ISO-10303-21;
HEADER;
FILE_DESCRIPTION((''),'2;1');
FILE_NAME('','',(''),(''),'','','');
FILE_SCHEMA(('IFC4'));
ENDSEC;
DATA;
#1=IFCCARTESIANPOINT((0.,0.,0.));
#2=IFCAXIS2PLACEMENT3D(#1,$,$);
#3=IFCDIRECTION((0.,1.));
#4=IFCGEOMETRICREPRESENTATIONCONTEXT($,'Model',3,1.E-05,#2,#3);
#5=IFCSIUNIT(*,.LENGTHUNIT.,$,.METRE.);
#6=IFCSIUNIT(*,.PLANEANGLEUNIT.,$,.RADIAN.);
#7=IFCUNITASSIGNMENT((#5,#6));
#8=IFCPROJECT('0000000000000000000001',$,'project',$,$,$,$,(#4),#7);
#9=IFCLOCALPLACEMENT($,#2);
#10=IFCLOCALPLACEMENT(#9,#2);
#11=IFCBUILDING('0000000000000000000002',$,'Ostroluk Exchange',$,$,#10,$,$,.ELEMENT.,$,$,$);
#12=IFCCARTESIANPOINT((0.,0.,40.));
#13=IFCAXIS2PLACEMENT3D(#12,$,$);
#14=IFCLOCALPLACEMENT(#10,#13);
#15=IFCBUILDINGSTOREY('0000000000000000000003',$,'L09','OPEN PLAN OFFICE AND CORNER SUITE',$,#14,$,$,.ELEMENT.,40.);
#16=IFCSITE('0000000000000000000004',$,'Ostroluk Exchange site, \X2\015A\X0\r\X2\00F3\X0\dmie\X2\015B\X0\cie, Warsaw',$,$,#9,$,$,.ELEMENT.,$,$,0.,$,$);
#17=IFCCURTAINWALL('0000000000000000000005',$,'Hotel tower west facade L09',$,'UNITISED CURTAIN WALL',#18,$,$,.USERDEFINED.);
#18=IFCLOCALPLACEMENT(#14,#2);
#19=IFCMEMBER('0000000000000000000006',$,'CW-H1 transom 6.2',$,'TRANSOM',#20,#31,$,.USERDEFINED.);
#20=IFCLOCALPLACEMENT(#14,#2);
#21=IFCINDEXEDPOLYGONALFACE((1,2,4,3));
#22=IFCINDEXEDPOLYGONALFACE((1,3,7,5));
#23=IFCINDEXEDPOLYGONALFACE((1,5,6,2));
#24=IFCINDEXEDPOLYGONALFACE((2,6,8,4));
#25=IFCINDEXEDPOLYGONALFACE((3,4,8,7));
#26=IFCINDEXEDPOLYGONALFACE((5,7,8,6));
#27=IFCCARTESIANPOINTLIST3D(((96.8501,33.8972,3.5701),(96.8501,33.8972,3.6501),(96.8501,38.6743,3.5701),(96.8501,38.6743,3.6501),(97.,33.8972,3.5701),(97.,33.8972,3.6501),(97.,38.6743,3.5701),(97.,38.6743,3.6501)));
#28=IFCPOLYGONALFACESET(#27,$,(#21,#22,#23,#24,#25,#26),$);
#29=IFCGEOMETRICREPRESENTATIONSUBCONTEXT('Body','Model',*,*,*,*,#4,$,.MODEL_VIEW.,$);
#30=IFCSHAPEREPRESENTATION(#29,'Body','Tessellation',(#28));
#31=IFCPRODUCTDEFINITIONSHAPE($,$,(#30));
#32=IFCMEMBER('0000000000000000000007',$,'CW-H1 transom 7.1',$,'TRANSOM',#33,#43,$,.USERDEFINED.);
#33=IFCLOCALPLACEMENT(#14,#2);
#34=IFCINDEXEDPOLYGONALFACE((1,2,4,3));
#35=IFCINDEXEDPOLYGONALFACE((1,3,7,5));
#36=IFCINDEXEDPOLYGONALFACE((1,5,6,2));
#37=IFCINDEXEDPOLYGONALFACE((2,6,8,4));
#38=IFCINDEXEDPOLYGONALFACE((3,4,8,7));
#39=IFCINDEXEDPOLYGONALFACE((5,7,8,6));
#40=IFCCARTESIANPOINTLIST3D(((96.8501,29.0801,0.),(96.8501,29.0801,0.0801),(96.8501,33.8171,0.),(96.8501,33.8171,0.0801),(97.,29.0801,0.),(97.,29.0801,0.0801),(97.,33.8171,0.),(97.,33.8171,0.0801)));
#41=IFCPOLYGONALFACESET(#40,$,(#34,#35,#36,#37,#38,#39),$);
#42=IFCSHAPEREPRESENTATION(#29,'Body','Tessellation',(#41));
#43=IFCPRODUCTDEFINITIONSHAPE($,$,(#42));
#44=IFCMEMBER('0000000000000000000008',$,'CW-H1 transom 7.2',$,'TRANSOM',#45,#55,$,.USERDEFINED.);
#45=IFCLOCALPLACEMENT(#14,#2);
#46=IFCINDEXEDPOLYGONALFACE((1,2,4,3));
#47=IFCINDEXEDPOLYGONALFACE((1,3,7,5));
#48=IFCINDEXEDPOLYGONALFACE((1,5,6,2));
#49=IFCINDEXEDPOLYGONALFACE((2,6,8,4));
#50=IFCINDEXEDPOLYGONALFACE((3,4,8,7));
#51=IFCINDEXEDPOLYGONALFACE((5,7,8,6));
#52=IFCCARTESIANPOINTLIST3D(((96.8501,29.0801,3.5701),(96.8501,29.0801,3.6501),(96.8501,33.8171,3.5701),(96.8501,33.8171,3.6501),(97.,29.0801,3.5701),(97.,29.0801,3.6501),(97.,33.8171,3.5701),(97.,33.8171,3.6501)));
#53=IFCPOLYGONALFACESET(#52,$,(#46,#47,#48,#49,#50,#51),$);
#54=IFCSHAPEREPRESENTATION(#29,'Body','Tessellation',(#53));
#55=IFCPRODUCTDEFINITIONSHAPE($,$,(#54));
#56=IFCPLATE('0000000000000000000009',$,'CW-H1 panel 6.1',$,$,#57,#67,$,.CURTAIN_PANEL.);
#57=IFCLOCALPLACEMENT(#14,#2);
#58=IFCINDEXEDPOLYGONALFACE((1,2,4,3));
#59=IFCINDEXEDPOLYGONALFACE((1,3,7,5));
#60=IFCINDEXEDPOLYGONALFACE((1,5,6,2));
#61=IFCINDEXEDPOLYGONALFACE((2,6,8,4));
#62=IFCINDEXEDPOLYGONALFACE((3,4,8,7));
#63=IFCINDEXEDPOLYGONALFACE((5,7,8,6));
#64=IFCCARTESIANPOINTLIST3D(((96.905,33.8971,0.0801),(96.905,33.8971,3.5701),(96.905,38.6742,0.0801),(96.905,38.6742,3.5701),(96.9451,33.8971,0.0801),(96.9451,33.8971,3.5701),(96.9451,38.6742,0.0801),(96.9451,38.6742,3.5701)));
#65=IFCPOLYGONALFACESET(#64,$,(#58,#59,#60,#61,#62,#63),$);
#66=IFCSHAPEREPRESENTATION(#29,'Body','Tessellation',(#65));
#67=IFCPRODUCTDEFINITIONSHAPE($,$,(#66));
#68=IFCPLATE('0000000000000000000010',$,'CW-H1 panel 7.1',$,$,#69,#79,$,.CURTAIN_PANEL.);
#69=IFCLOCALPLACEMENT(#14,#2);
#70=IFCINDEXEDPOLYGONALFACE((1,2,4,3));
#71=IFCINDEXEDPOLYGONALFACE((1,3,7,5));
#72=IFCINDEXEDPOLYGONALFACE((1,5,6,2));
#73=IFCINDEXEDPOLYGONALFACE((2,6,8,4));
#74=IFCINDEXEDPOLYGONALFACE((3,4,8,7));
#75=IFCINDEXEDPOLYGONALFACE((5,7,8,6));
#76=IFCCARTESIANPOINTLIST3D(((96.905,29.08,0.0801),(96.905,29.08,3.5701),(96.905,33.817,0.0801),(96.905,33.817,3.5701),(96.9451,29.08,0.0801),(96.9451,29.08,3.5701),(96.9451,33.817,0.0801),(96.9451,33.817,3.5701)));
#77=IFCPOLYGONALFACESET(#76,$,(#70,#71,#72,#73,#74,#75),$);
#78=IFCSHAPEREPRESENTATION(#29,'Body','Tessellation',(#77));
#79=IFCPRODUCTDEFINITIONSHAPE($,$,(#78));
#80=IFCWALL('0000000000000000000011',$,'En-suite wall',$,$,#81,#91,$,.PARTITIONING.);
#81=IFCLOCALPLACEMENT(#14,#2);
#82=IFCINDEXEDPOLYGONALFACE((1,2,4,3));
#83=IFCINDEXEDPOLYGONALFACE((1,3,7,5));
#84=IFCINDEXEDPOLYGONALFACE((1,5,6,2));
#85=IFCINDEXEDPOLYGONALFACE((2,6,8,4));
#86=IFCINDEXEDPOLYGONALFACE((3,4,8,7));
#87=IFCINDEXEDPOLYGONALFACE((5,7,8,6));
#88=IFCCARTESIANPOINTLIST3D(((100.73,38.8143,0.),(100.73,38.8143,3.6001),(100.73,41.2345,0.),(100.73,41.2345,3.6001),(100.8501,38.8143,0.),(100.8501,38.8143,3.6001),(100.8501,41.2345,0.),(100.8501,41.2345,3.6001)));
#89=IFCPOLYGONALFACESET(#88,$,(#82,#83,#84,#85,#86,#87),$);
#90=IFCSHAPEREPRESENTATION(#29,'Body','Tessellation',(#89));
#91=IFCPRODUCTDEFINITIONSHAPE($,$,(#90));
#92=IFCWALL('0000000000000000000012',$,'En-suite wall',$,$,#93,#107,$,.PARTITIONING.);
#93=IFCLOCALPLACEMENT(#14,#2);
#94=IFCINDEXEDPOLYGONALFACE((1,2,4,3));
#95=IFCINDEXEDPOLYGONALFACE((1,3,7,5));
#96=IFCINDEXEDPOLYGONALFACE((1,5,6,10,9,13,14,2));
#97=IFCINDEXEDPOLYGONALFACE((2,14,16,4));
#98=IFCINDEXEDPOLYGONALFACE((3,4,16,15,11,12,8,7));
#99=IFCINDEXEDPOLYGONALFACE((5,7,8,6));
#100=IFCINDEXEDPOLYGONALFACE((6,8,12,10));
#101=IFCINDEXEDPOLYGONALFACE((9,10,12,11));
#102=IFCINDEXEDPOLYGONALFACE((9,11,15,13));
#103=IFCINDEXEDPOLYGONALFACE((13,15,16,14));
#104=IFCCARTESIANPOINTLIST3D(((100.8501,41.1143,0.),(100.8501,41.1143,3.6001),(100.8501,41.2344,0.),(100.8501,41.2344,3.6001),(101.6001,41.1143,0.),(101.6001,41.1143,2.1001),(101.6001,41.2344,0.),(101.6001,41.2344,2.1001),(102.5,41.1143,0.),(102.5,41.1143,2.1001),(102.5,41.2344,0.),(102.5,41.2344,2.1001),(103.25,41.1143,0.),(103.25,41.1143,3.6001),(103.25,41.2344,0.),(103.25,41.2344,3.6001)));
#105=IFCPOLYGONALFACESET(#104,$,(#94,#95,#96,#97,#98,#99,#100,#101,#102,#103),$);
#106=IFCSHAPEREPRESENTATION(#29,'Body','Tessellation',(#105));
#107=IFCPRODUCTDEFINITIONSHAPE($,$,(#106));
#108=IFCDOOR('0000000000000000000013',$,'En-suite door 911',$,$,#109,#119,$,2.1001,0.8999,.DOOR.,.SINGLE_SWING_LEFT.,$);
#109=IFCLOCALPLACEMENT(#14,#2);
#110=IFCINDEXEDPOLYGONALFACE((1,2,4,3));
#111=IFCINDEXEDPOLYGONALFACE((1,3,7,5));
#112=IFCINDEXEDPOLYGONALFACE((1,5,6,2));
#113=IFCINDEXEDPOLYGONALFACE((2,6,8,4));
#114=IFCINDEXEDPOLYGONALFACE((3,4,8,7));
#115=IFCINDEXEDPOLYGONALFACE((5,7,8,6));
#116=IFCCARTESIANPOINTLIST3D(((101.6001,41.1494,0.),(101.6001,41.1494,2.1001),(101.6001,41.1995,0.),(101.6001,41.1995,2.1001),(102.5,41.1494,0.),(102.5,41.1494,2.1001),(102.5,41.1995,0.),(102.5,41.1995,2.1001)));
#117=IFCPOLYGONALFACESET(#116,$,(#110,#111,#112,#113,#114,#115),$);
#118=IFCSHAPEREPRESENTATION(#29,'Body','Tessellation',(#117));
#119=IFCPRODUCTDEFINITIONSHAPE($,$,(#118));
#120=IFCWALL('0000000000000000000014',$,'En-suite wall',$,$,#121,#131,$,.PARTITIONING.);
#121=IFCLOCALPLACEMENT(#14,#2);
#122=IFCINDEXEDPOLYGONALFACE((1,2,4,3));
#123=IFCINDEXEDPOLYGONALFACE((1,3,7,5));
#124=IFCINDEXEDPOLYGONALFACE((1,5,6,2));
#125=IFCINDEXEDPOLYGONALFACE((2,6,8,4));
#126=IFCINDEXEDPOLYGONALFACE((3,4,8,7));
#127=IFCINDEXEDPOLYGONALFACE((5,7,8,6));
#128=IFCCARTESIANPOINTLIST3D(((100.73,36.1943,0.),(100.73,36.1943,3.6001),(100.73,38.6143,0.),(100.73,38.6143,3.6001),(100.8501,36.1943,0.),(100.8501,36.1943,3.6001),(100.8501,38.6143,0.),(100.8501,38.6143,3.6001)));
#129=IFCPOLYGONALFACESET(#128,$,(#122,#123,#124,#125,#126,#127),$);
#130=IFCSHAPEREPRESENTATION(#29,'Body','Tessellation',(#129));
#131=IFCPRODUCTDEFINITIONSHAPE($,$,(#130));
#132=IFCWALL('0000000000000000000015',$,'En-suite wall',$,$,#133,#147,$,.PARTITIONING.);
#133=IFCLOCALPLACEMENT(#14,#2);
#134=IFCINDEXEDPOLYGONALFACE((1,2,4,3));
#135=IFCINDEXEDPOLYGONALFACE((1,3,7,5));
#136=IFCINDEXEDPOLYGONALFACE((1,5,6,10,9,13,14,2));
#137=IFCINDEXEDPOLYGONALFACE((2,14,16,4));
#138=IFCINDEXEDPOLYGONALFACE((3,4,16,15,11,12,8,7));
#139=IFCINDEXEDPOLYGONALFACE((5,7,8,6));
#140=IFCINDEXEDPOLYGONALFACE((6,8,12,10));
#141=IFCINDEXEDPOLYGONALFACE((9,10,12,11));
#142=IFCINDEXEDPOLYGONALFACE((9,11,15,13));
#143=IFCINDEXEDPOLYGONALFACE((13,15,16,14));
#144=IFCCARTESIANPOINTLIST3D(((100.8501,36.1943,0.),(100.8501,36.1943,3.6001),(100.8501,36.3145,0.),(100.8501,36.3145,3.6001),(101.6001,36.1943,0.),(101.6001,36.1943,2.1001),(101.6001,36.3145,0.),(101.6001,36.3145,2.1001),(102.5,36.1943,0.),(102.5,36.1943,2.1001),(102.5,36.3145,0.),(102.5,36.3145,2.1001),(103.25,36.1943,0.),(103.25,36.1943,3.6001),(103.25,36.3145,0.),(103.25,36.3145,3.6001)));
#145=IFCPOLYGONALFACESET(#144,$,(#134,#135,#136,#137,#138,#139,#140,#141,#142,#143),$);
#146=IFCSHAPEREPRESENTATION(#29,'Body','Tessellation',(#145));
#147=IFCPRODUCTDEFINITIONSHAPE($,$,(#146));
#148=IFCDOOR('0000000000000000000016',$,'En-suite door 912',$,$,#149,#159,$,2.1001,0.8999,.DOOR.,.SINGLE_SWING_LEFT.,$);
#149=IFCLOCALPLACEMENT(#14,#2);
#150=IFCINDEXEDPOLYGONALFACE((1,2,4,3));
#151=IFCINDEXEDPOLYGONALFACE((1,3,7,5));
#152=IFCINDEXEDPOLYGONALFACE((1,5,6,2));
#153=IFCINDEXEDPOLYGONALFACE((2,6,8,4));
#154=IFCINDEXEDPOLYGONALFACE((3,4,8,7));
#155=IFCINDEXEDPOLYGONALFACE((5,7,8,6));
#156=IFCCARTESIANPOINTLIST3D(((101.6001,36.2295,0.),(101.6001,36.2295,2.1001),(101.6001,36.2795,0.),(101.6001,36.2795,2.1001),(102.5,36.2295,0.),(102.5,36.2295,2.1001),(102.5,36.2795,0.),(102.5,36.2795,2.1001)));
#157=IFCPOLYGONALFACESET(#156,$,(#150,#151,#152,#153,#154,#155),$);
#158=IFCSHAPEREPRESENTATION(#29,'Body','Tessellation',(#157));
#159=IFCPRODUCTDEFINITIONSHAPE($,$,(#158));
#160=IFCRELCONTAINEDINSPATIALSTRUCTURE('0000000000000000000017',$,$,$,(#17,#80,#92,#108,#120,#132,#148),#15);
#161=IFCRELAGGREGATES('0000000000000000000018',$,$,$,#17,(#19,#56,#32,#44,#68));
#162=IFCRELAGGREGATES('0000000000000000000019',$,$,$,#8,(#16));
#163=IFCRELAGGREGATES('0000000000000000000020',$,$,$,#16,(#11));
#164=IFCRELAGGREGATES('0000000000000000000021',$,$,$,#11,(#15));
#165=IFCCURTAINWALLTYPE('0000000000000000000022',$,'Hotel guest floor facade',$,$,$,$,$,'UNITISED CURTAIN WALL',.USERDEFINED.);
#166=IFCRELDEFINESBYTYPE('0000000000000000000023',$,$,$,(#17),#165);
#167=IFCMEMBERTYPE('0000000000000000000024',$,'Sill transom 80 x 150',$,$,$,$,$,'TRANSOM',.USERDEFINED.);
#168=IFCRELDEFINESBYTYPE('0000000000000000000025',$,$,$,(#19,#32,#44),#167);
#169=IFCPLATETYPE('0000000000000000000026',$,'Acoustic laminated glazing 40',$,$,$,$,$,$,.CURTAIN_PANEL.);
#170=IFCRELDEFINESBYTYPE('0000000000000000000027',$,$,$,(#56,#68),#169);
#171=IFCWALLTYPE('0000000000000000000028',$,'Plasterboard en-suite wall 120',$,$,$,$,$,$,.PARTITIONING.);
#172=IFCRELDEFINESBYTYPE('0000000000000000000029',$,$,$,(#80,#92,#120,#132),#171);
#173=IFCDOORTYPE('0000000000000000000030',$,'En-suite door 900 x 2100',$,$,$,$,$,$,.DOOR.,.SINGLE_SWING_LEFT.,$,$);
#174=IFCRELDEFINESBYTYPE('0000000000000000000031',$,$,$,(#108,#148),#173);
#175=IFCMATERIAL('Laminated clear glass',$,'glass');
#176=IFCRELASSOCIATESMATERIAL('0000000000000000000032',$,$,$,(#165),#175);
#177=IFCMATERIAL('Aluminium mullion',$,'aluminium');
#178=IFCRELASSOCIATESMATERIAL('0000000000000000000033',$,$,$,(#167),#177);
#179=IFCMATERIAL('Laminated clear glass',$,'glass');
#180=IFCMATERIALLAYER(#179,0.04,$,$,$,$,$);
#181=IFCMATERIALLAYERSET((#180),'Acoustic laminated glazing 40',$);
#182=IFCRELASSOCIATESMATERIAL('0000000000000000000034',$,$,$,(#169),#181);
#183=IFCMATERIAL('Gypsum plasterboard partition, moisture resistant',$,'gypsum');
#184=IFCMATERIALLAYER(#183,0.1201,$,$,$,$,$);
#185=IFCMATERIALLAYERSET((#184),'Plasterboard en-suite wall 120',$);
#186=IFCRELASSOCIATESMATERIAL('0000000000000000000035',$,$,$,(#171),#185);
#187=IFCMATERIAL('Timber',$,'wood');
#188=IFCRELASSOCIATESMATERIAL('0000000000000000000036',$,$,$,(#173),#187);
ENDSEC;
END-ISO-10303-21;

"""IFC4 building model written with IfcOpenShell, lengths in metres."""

from ifc_helpers import new_model, si_unit, direction, frame, frame_2d, origin, origin_2d, place, context, subcontext, project, spatial, rectangle, extrude, material, layer, layer_set, material_profile, profile_set, type_object, element, fill, aggregate, save


model = new_model("IFC4")

# Units and contexts
model_context = context("Model", 3, precision=1e-05, world=origin(), true_north=direction((0.0, 1.0)))
body_context = subcontext(model_context, "Body", "Model", "MODEL_VIEW")
ifc_project = project(units=[si_unit("LENGTHUNIT", "METRE"), si_unit("PLANEANGLEUNIT", "RADIAN")], contexts=[model_context])

# Site, building, storey
site_placement = place(None, origin())
site = spatial("IfcSite", under=ifc_project, at=site_placement, Name="Ostroluk Exchange site, Śródmieście, Warsaw", CompositionType="ELEMENT", RefElevation=0.0)
building_placement = place(site_placement, origin())
building = spatial("IfcBuilding", under=site, at=building_placement, Name="Ostroluk Exchange", CompositionType="ELEMENT")
storey_placement = place(building_placement, frame((0.0, 0.0, 40.0)))
storey = spatial("IfcBuildingStorey", under=building, at=storey_placement, Name="L09", Description="OPEN PLAN OFFICE AND CORNER SUITE", CompositionType="ELEMENT", Elevation=40.0)

# Curtain wall, members, plates
ifc_material_1 = material(Name="Laminated clear glass", Category="glass")
curtain_wall_type = type_object("IfcCurtainWallType", Name="Hotel guest floor facade", ElementType="UNITISED CURTAIN WALL", PredefinedType="USERDEFINED", material=ifc_material_1)
curtain_wall_placement = place(storey_placement, origin())
curtain_wall = element("IfcCurtainWall", 1, at=curtain_wall_placement, inside=storey, type_object=curtain_wall_type, Name="Hotel tower west facade L09", ObjectType="UNITISED CURTAIN WALL", PredefinedType="USERDEFINED")
ifc_material_2 = material(Name="Aluminium mullion", Category="aluminium")
ifc_material_profile_1 = material_profile(ifc_material_2, rectangle(XDim=0.1499, YDim=0.0801, at=origin_2d()), Name="Sill transom 80 x 150")
ifc_profile_set_1 = profile_set([ifc_material_profile_1], Name="Aluminium mullion")
member_type = type_object("IfcMemberType", Name="Sill transom 80 x 150", ElementType="TRANSOM", PredefinedType="USERDEFINED", material=ifc_profile_set_1)
member_1_placement = place(storey_placement, frame((96.925, 38.6743, 3.6101), z_axis=(0.0, -1.0, 0.0), x_axis=(1.0, 0.0, 0.0)))
member_1 = element("IfcMember", 2, at=member_1_placement, type_object=member_type, Name="CW-H1 transom 6.2", ObjectType="TRANSOM", PredefinedType="USERDEFINED", context=body_context, shape_type="SweptSolid", body=[
    extrude(rectangle(XDim=0.1499, YDim=0.0801, at=origin_2d()), origin(), (0.0, 0.0, 1.0), 4.7771),
])
member_2_placement = place(storey_placement, frame((96.925, 33.8171, 0.04), z_axis=(0.0, -1.0, 0.0), x_axis=(1.0, 0.0, 0.0)))
member_2 = element("IfcMember", 3, at=member_2_placement, type_object=member_type, Name="CW-H1 transom 7.1", ObjectType="TRANSOM", PredefinedType="USERDEFINED", context=body_context, shape_type="SweptSolid", body=[
    extrude(rectangle(XDim=0.1499, YDim=0.0801, at=origin_2d()), origin(), (0.0, 0.0, 1.0), 4.7371),
])
member_3_placement = place(storey_placement, frame((96.925, 33.8171, 3.6101), z_axis=(0.0, -1.0, 0.0), x_axis=(1.0, 0.0, 0.0)))
member_3 = element("IfcMember", 4, at=member_3_placement, type_object=member_type, Name="CW-H1 transom 7.2", ObjectType="TRANSOM", PredefinedType="USERDEFINED", context=body_context, shape_type="SweptSolid", body=[
    extrude(rectangle(XDim=0.1499, YDim=0.0801, at=origin_2d()), origin(), (0.0, 0.0, 1.0), 4.7371),
])
ifc_material_3 = material(Name="Laminated clear glass", Category="glass")
ifc_layer_1 = layer(ifc_material_3, 0.04)
ifc_layer_set_1 = layer_set([ifc_layer_1], Name="Acoustic laminated glazing 40")
plate_type = type_object("IfcPlateType", Name="Acoustic laminated glazing 40", PredefinedType="CURTAIN_PANEL", material=ifc_layer_set_1)
plate_1_placement = place(storey_placement, frame((96.925, 36.2856, 0.0801), z_axis=(0.0, 0.0, 1.0), x_axis=(0.0, -1.0, 0.0)))
plate_1 = element("IfcPlate", 5, at=plate_1_placement, type_object=plate_type, Name="CW-H1 panel 6.1", PredefinedType="CURTAIN_PANEL", context=body_context, shape_type="SweptSolid", body=[
    extrude(rectangle(XDim=4.7771, YDim=0.04, at=origin_2d()), origin(), (0.0, 0.0, 1.0), 3.49),
])
plate_2_placement = place(storey_placement, frame((96.925, 31.4485, 0.0801), z_axis=(0.0, 0.0, 1.0), x_axis=(0.0, -1.0, 0.0)))
plate_2 = element("IfcPlate", 6, at=plate_2_placement, type_object=plate_type, Name="CW-H1 panel 7.1", PredefinedType="CURTAIN_PANEL", context=body_context, shape_type="SweptSolid", body=[
    extrude(rectangle(XDim=4.7371, YDim=0.04, at=origin_2d()), origin(), (0.0, 0.0, 1.0), 3.49),
])
aggregate(curtain_wall, [member_1, plate_1, member_2, member_3, plate_2])

# Wall
ifc_material_4 = material(Name="Gypsum plasterboard partition, moisture resistant", Category="gypsum")
ifc_layer_2 = layer(ifc_material_4, 0.1201)
ifc_layer_set_2 = layer_set([ifc_layer_2], Name="Plasterboard en-suite wall 120")
wall_type_1 = type_object("IfcWallType", Name="Plasterboard en-suite wall 120", PredefinedType="PARTITIONING", material=ifc_layer_set_2)
wall_1_placement = place(storey_placement, frame((100.79, 41.2344, 0.0), z_axis=(0.0, 0.0, 1.0), x_axis=(0.0, -1.0, 0.0)))
element("IfcWall", 7, at=wall_1_placement, inside=storey, type_object=wall_type_1, Name="En-suite wall", PredefinedType="PARTITIONING", context=body_context, shape_type="SweptSolid", body=[
    extrude(rectangle(XDim=2.4202, YDim=0.1201, at=frame_2d((1.21, 0.0))), origin(), (0.0, 0.0, 1.0), 3.6001),
])

# Wall, opening, door
wall_2_placement = place(storey_placement, frame((103.25, 41.1743, 0.0), z_axis=(0.0, 0.0, 1.0), x_axis=(-1.0, 0.0, 0.0)))
wall_2 = element("IfcWall", 8, at=wall_2_placement, inside=storey, type_object=wall_type_1, Name="En-suite wall", PredefinedType="PARTITIONING", context=body_context, shape_type="SweptSolid", body=[
    extrude(rectangle(XDim=2.3999, YDim=0.1201, at=frame_2d((1.2, 0.0))), origin(), (0.0, 0.0, 1.0), 3.6001),
])
opening_1_placement = place(wall_2_placement, frame((0.75, 0.0, 0.0)))
opening_1 = element("IfcOpeningElement", 9, at=opening_1_placement, cuts=wall_2, PredefinedType="OPENING", context=body_context, shape_type="SweptSolid", body=[
    extrude(rectangle(XDim=0.8999, YDim=2.1001, at=frame_2d((0.45, 1.05))), frame((0.0, 0.0701, 0.0), z_axis=(0.0, -1.0, 0.0), x_axis=(1.0, 0.0, 0.0)), (0.0, 0.0, 1.0), 0.1401),
])
ifc_material_5 = material(Name="Timber", Category="wood")
door_type_1 = type_object("IfcDoorType", Name="En-suite door 900 x 2100", OperationType="SINGLE_SWING_LEFT", PredefinedType="DOOR", material=ifc_material_5)
door_1_placement = place(opening_1_placement, origin())
door_1 = element("IfcDoor", 10, at=door_1_placement, inside=storey, type_object=door_type_1, Name="En-suite door 911", OperationType="SINGLE_SWING_LEFT", OverallHeight=2.1001, OverallWidth=0.8999, PredefinedType="DOOR", context=body_context, shape_type="SweptSolid", body=[
    extrude(rectangle(XDim=0.8999, YDim=2.1001, at=frame_2d((0.45, 1.05))), frame((0.0, 0.0249, 0.0), z_axis=(0.0, -1.0, 0.0), x_axis=(1.0, 0.0, 0.0)), (0.0, 0.0, 1.0), 0.05),
])
fill(opening_1, door_1)

# Wall
wall_3_placement = place(storey_placement, frame((100.79, 38.6143, 0.0), z_axis=(0.0, 0.0, 1.0), x_axis=(0.0, -1.0, 0.0)))
element("IfcWall", 11, at=wall_3_placement, inside=storey, type_object=wall_type_1, Name="En-suite wall", PredefinedType="PARTITIONING", context=body_context, shape_type="SweptSolid", body=[
    extrude(rectangle(XDim=2.4199, YDim=0.1201, at=frame_2d((1.21, 0.0))), origin(), (0.0, 0.0, 1.0), 3.6001),
])

# Wall, opening, door
wall_4_placement = place(storey_placement, frame((103.25, 36.2544, 0.0), z_axis=(0.0, 0.0, 1.0), x_axis=(-1.0, 0.0, 0.0)))
wall_4 = element("IfcWall", 12, at=wall_4_placement, inside=storey, type_object=wall_type_1, Name="En-suite wall", PredefinedType="PARTITIONING", context=body_context, shape_type="SweptSolid", body=[
    extrude(rectangle(XDim=2.3999, YDim=0.1201, at=frame_2d((1.2, 0.0))), origin(), (0.0, 0.0, 1.0), 3.6001),
])
opening_2_placement = place(wall_4_placement, frame((0.75, 0.0, 0.0)))
opening_2 = element("IfcOpeningElement", 13, at=opening_2_placement, cuts=wall_4, PredefinedType="OPENING", context=body_context, shape_type="SweptSolid", body=[
    extrude(rectangle(XDim=0.8999, YDim=2.1001, at=frame_2d((0.45, 1.05))), frame((0.0, 0.0701, 0.0), z_axis=(0.0, -1.0, 0.0), x_axis=(1.0, 0.0, 0.0)), (0.0, 0.0, 1.0), 0.1401),
])
door_2_placement = place(opening_2_placement, origin())
door_2 = element("IfcDoor", 14, at=door_2_placement, inside=storey, type_object=door_type_1, Name="En-suite door 912", OperationType="SINGLE_SWING_LEFT", OverallHeight=2.1001, OverallWidth=0.8999, PredefinedType="DOOR", context=body_context, shape_type="SweptSolid", body=[
    extrude(rectangle(XDim=0.8999, YDim=2.1001, at=frame_2d((0.45, 1.05))), frame((0.0, 0.0249, 0.0), z_axis=(0.0, -1.0, 0.0), x_axis=(1.0, 0.0, 0.0)), (0.0, 0.0, 1.0), 0.05),
])
fill(opening_2, door_2)

save(model, "model.ifc")
